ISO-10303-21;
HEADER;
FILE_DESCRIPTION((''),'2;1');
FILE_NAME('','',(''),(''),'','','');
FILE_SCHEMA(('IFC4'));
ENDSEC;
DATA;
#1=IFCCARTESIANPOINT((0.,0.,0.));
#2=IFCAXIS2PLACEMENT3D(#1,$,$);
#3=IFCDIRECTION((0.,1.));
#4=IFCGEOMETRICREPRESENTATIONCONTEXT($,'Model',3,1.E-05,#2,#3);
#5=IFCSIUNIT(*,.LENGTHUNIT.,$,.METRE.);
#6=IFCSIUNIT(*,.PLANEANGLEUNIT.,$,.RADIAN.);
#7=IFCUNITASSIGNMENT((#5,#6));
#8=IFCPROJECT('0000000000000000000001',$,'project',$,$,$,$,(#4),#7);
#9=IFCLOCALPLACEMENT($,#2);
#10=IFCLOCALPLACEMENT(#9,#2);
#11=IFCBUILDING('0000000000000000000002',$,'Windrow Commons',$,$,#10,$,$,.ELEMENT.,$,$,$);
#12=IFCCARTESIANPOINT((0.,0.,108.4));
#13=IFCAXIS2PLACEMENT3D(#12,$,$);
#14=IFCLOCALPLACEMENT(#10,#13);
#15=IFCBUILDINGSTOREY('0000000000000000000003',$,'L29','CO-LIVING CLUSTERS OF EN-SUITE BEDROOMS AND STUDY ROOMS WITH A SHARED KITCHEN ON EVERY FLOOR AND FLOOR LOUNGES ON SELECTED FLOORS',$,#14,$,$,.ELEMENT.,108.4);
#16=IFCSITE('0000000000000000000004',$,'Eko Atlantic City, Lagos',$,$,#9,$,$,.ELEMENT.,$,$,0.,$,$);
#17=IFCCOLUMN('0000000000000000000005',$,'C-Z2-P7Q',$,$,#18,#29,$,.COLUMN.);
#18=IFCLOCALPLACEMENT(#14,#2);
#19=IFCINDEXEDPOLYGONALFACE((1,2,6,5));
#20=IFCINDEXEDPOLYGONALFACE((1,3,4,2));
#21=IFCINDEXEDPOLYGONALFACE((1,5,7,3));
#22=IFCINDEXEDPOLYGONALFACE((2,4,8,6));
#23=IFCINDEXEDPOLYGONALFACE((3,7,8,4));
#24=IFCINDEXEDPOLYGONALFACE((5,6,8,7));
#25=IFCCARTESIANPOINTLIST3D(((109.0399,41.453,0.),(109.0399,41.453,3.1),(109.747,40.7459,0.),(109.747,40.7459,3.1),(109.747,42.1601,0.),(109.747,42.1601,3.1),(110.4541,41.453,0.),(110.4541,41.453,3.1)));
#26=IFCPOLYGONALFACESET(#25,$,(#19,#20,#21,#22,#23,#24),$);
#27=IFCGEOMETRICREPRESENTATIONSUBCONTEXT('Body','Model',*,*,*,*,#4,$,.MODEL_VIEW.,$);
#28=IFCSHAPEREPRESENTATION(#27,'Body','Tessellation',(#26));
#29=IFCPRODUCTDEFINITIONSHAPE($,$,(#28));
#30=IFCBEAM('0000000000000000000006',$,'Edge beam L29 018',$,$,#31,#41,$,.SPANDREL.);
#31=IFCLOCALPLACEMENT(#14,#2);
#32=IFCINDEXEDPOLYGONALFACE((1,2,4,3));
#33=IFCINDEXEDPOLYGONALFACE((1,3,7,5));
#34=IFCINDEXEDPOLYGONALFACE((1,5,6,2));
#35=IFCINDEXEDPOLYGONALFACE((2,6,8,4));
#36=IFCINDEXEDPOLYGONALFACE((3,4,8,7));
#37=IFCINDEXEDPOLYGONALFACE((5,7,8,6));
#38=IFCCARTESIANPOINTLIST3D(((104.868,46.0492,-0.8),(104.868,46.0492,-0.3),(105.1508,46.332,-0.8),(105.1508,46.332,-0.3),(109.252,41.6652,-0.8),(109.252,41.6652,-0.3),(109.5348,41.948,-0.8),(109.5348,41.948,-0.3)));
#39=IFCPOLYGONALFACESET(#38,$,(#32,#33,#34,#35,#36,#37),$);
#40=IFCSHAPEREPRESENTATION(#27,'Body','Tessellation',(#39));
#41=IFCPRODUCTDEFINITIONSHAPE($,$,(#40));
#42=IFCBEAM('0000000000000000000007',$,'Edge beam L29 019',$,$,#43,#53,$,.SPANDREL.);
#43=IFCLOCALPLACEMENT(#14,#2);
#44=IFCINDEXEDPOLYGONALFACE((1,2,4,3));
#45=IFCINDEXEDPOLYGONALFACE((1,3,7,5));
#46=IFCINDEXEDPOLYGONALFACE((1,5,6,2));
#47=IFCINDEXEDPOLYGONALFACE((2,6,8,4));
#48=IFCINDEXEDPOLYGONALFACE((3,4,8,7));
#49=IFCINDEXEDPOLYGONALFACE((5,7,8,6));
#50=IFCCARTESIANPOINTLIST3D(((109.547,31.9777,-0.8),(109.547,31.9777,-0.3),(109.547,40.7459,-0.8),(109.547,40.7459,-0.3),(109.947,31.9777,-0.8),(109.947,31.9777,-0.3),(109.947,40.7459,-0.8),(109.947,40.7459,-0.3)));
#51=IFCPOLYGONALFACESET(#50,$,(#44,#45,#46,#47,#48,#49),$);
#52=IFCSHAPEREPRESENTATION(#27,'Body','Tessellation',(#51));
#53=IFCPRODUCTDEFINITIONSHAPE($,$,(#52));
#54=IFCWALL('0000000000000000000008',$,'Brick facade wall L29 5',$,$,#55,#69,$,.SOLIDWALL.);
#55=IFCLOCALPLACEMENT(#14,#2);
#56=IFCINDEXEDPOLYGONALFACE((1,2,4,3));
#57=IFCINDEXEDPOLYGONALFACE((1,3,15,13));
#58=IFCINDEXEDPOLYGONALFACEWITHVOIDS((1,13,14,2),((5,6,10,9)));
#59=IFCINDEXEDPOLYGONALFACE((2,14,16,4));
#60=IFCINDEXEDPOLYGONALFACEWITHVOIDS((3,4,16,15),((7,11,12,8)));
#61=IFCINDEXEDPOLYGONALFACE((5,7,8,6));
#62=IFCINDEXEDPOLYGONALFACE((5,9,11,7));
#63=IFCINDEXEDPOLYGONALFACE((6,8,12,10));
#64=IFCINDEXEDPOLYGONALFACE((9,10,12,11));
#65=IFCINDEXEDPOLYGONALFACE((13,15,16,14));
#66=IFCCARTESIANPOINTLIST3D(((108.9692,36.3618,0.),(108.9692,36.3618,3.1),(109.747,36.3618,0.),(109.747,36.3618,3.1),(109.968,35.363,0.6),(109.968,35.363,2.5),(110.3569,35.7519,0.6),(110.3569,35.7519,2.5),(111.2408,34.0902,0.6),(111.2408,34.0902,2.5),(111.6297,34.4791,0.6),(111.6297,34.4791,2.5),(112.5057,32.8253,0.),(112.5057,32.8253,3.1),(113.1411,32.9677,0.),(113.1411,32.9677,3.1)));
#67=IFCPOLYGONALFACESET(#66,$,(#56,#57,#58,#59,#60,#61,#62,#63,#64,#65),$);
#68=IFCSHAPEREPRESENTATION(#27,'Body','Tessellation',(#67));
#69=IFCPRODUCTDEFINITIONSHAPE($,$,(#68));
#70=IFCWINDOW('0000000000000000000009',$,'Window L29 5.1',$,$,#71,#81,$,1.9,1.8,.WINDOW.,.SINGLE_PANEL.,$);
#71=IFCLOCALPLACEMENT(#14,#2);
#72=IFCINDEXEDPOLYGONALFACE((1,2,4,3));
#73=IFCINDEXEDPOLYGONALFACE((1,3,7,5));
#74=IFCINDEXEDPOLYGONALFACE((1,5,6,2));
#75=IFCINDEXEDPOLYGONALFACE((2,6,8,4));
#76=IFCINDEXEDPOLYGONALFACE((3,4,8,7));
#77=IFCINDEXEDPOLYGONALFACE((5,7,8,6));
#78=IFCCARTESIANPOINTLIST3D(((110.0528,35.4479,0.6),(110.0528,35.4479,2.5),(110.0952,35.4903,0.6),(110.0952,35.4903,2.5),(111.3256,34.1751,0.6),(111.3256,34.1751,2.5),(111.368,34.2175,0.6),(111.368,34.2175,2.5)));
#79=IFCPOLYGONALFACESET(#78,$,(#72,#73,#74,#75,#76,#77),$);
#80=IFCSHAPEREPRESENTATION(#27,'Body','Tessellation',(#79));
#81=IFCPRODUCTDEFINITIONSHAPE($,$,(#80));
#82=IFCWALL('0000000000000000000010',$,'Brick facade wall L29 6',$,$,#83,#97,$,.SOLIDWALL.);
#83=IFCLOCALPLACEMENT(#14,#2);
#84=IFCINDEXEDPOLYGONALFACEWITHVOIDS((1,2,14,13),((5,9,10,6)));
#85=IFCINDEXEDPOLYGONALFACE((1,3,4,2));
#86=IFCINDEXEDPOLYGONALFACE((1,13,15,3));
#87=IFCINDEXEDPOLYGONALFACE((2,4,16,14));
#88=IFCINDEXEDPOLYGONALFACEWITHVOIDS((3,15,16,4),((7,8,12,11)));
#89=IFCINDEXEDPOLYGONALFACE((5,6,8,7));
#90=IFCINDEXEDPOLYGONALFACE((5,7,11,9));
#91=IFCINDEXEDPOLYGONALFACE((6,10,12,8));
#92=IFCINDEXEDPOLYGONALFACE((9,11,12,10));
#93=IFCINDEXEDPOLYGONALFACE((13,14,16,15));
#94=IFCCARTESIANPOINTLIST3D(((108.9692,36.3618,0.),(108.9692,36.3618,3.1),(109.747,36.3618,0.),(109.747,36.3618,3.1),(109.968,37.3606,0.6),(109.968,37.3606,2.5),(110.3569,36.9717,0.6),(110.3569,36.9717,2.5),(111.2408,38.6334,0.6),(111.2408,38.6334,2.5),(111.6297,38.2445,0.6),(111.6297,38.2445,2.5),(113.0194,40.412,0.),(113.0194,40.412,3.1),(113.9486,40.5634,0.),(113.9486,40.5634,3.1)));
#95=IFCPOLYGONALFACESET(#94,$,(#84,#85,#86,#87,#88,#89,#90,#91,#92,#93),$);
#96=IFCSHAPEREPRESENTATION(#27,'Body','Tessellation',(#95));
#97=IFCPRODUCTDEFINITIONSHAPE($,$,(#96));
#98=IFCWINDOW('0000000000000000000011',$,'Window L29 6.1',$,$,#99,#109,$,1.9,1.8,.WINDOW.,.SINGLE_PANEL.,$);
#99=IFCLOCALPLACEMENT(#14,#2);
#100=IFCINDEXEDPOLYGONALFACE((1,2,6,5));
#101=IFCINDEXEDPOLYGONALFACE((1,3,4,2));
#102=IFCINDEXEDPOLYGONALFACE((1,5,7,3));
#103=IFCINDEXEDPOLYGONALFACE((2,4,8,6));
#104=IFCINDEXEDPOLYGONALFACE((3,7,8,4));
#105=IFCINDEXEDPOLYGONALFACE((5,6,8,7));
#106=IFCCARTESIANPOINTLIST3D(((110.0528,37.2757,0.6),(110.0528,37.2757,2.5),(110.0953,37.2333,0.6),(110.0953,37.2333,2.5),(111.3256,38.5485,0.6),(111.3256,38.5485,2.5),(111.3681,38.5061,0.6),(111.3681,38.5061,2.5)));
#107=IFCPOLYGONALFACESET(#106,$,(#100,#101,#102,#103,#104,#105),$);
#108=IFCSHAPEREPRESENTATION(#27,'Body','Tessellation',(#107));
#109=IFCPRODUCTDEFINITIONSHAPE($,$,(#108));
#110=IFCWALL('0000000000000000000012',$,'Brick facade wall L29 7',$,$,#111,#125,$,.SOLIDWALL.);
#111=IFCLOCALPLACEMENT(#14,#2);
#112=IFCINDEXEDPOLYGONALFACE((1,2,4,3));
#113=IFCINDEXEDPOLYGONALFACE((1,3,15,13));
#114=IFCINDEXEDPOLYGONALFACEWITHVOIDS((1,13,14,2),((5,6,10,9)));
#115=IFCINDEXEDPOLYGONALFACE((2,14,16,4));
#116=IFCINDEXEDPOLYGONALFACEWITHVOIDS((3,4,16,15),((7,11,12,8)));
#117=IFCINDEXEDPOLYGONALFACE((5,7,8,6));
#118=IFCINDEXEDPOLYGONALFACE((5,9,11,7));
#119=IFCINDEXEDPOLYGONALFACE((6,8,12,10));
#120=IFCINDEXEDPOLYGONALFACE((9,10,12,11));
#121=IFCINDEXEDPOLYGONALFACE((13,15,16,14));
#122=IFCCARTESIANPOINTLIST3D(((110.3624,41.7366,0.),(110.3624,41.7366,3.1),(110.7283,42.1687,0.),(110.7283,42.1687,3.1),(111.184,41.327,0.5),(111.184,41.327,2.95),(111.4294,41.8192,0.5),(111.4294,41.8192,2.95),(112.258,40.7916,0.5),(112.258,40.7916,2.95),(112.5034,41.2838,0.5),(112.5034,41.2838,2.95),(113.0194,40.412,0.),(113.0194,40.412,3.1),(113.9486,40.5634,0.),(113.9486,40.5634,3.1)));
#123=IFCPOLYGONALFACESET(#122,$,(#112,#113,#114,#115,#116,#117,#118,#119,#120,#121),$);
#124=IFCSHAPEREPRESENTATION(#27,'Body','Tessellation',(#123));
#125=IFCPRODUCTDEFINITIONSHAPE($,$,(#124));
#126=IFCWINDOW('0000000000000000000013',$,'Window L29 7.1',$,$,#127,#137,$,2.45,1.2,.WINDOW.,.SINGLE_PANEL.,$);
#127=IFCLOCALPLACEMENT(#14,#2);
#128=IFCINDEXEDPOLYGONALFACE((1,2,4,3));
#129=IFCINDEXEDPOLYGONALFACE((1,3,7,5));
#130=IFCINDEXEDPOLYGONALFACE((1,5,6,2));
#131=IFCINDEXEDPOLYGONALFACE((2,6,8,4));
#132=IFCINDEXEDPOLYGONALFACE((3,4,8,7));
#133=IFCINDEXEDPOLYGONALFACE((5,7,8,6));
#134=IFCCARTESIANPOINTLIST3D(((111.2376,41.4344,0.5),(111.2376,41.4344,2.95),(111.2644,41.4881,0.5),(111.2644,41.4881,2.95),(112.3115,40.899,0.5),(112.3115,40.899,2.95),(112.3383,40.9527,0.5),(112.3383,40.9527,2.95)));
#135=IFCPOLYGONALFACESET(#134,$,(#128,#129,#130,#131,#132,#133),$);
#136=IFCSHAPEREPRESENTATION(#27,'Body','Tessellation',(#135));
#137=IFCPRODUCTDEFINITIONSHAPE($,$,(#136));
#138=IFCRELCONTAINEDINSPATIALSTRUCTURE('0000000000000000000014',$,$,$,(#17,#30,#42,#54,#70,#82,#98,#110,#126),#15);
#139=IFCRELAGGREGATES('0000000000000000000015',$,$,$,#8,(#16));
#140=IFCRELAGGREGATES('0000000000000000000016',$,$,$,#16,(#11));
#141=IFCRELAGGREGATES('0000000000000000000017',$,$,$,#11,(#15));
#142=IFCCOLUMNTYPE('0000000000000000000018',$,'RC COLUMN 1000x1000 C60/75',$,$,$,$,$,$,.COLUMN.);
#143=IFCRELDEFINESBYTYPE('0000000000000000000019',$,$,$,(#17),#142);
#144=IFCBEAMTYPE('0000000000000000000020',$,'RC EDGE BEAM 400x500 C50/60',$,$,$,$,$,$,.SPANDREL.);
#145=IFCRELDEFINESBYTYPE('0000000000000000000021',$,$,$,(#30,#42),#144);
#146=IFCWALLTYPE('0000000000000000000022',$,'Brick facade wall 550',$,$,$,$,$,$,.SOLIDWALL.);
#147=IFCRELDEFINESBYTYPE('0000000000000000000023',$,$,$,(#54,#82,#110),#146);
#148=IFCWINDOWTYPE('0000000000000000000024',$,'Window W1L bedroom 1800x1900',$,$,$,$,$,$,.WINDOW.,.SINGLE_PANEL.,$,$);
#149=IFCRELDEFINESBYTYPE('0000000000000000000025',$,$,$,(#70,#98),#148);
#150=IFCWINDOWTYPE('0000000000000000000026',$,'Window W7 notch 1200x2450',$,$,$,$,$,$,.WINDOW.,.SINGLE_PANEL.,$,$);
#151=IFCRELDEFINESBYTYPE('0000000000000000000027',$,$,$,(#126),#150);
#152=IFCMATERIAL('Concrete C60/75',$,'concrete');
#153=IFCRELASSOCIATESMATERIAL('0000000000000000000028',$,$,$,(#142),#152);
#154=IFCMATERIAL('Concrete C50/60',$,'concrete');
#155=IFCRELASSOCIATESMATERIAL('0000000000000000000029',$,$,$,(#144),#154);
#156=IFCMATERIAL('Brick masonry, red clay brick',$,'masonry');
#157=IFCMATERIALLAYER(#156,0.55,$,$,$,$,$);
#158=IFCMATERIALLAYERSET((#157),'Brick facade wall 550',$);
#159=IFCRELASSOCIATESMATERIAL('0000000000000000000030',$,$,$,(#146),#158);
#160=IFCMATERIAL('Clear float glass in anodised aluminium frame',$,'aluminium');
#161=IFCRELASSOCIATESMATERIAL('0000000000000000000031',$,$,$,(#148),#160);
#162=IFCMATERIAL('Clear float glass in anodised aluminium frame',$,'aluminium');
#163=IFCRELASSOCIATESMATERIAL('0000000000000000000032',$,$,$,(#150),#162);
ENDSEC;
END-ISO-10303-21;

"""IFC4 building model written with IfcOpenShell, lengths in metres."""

from ifc_helpers import new_model, si_unit, direction, frame, frame_2d, origin, origin_2d, place, context, subcontext, project, spatial, polyline, rectangle, outline, extrude, material, layer, layer_set, material_profile, profile_set, type_object, element, fill, save


model = new_model("IFC4")

# Units and contexts
model_context = context("Model", 3, precision=1e-05, world=origin(), true_north=direction((0.0, 1.0)))
body_context = subcontext(model_context, "Body", "Model", "MODEL_VIEW")
ifc_project = project(units=[si_unit("LENGTHUNIT", "METRE"), si_unit("PLANEANGLEUNIT", "RADIAN")], contexts=[model_context])

# Site, building, storey
site_placement = place(None, origin())
site = spatial("IfcSite", under=ifc_project, at=site_placement, Name="Eko Atlantic City, Lagos", CompositionType="ELEMENT", RefElevation=0.0)
building_placement = place(site_placement, origin())
building = spatial("IfcBuilding", under=site, at=building_placement, Name="Windrow Commons", CompositionType="ELEMENT")
storey_placement = place(building_placement, frame((0.0, 0.0, 108.4)))
storey = spatial("IfcBuildingStorey", under=building, at=storey_placement, Name="L29", Description="CO-LIVING CLUSTERS OF EN-SUITE BEDROOMS AND STUDY ROOMS WITH A SHARED KITCHEN ON EVERY FLOOR AND FLOOR LOUNGES ON SELECTED FLOORS", CompositionType="ELEMENT", Elevation=108.4)

# Column
ifc_material_1 = material(Name="Concrete C60/75", Category="concrete")
ifc_material_profile_1 = material_profile(ifc_material_1, rectangle(XDim=1.0, YDim=1.0, at=origin_2d()))
ifc_profile_set_1 = profile_set([ifc_material_profile_1], Name="Concrete C60/75")
column_type = type_object("IfcColumnType", Name="RC COLUMN 1000x1000 C60/75", PredefinedType="COLUMN", material=ifc_profile_set_1)
column_placement = place(storey_placement, frame((109.747, 41.453, 0.0), z_axis=(0.0, 0.0, 1.0), x_axis=(0.707107, -0.707107, 0.0)))
element("IfcColumn", 1, at=column_placement, inside=storey, type_object=column_type, Name="C-Z2-P7Q", PredefinedType="COLUMN", context=body_context, shape_type="SweptSolid", body=[
    extrude(rectangle(XDim=1.0, YDim=1.0, at=origin_2d()), origin(), (0.0, 0.0, 1.0), 3.1),
])

# Beams
ifc_material_2 = material(Name="Concrete C50/60", Category="concrete")
ifc_material_profile_2 = material_profile(ifc_material_2, rectangle(XDim=0.4, YDim=0.5, at=origin_2d()))
ifc_profile_set_2 = profile_set([ifc_material_profile_2], Name="Concrete C50/60")
beam_type = type_object("IfcBeamType", Name="RC EDGE BEAM 400x500 C50/60", PredefinedType="SPANDREL", material=ifc_profile_set_2)
beam_1_placement = place(storey_placement, frame((105.0094, 46.1906, -0.55), z_axis=(0.707107, -0.707107, 0.0), x_axis=(0.707107, 0.707107, 0.0)))
element("IfcBeam", 2, at=beam_1_placement, inside=storey, type_object=beam_type, Name="Edge beam L29 018", PredefinedType="SPANDREL", context=body_context, shape_type="SweptSolid", body=[
    extrude(rectangle(XDim=0.4, YDim=0.5, at=origin_2d()), origin(), (0.0, 0.0, 1.0), 6.1999),
])
beam_2_placement = place(storey_placement, frame((109.747, 40.7459, -0.55), z_axis=(0.0, -1.0, 0.0), x_axis=(1.0, 0.0, 0.0)))
element("IfcBeam", 3, at=beam_2_placement, inside=storey, type_object=beam_type, Name="Edge beam L29 019", PredefinedType="SPANDREL", context=body_context, shape_type="SweptSolid", body=[
    extrude(rectangle(XDim=0.4, YDim=0.5, at=origin_2d()), origin(), (0.0, 0.0, 1.0), 8.7682),
])

# Walls, openings, windows
ifc_material_3 = material(Name="Brick masonry, red clay brick", Category="masonry")
ifc_layer_1 = layer(ifc_material_3, 0.55)
ifc_layer_set_1 = layer_set([ifc_layer_1], Name="Brick facade wall 550")
wall_type_1 = type_object("IfcWallType", Name="Brick facade wall 550", PredefinedType="SOLIDWALL", material=ifc_layer_set_1)
wall_1_placement = place(storey_placement, frame((112.8234, 32.8965, 0.0), z_axis=(0.0, 0.0, 1.0), x_axis=(-0.707107, 0.707107, 0.0)))
wall_1 = element("IfcWall", 4, at=wall_1_placement, inside=storey, type_object=wall_type_1, Name="Brick facade wall L29 5", PredefinedType="SOLIDWALL", context=body_context, shape_type="SweptSolid", body=[
    extrude(outline(polyline([(-0.1743, -0.275), (4.6257, -0.275), (5.1757, 0.275), (0.1743, 0.275), (-0.1743, -0.275)])), origin(), (0.0, 0.0, 1.0), 3.1),
])
opening_1_placement = place(wall_1_placement, frame((1.9632, 0.0, 0.6)))
opening_1 = element("IfcOpeningElement", 5, at=opening_1_placement, cuts=wall_1, PredefinedType="OPENING", context=body_context, shape_type="SweptSolid", body=[
    extrude(rectangle(XDim=1.8, YDim=1.9, at=frame_2d((0.9, 0.95))), frame((0.0, 0.285, 0.0), z_axis=(0.0, -1.0, 0.0), x_axis=(1.0, 0.0, 0.0)), (0.0, 0.0, 1.0), 0.57),
])
ifc_material_4 = material(Name="Clear float glass in anodised aluminium frame", Category="aluminium")
window_type_1 = type_object("IfcWindowType", Name="Window W1L bedroom 1800x1900", PartitioningType="SINGLE_PANEL", PredefinedType="WINDOW", material=ifc_material_4)
window_1_placement = place(opening_1_placement, origin())
window_1 = element("IfcWindow", 6, at=window_1_placement, inside=storey, type_object=window_type_1, Name="Window L29 5.1", OverallHeight=1.9, OverallWidth=1.8, PartitioningType="SINGLE_PANEL", PredefinedType="WINDOW", context=body_context, shape_type="SweptSolid", body=[
    extrude(rectangle(XDim=1.8, YDim=1.9, at=frame_2d((0.9, 0.95))), frame((0.0, 0.155, 0.0), z_axis=(0.0, -1.0, 0.0), x_axis=(1.0, 0.0, 0.0)), (0.0, 0.0, 1.0), 0.06),
])
fill(opening_1, window_1)
wall_2_placement = place(storey_placement, frame((109.3581, 36.3618, 0.0), z_axis=(0.0, 0.0, 1.0), x_axis=(0.707107, 0.707107, 0.0)))
wall_2 = element("IfcWall", 7, at=wall_2_placement, inside=storey, type_object=wall_type_1, Name="Brick facade wall L29 6", PredefinedType="SOLIDWALL", context=body_context, shape_type="SweptSolid", body=[
    extrude(outline(polyline([(0.275, -0.275), (6.217, -0.275), (5.4529, 0.275), (-0.275, 0.275), (0.275, -0.275)])), origin(), (0.0, 0.0, 1.0), 3.1),
])
opening_2_placement = place(wall_2_placement, frame((1.1375, 0.0, 0.6)))
opening_2 = element("IfcOpeningElement", 8, at=opening_2_placement, cuts=wall_2, PredefinedType="OPENING", context=body_context, shape_type="SweptSolid", body=[
    extrude(rectangle(XDim=1.8, YDim=1.9, at=frame_2d((0.9, 0.95))), frame((0.0, 0.285, 0.0), z_axis=(0.0, -1.0, 0.0), x_axis=(1.0, 0.0, 0.0)), (0.0, 0.0, 1.0), 0.57),
])
window_2_placement = place(opening_2_placement, origin())
window_2 = element("IfcWindow", 9, at=window_2_placement, inside=storey, type_object=window_type_1, Name="Window L29 6.1", OverallHeight=1.9, OverallWidth=1.8, PartitioningType="SINGLE_PANEL", PredefinedType="WINDOW", context=body_context, shape_type="SweptSolid", body=[
    extrude(rectangle(XDim=1.8, YDim=1.9, at=frame_2d((0.9, 0.95))), frame((0.0, 0.155, 0.0), z_axis=(0.0, -1.0, 0.0), x_axis=(1.0, 0.0, 0.0)), (0.0, 0.0, 1.0), 0.06),
])
fill(opening_2, window_2)
wall_3_placement = place(storey_placement, frame((113.484, 40.4877, 0.0), z_axis=(0.0, 0.0, 1.0), x_axis=(-0.894963, 0.446141, 0.0)))
wall_3 = element("IfcWall", 10, at=wall_3_placement, inside=storey, type_object=wall_type_1, Name="Brick facade wall L29 7", PredefinedType="SOLIDWALL", context=body_context, shape_type="SweptSolid", body=[
    extrude(outline(polyline([(-0.382, -0.275), (3.2162, -0.275), (3.3509, 0.275), (0.382, 0.275), (-0.382, -0.275)])), origin(), (0.0, 0.0, 1.0), 3.1),
])
opening_3_placement = place(wall_3_placement, frame((1.2328, 0.0, 0.5)))
opening_3 = element("IfcOpeningElement", 11, at=opening_3_placement, cuts=wall_3, PredefinedType="OPENING", context=body_context, shape_type="SweptSolid", body=[
    extrude(rectangle(XDim=1.2, YDim=2.45, at=frame_2d((0.6, 1.225))), frame((0.0, 0.285, 0.0), z_axis=(0.0, -1.0, 0.0), x_axis=(1.0, 0.0, 0.0)), (0.0, 0.0, 1.0), 0.57),
])
ifc_material_5 = material(Name="Clear float glass in anodised aluminium frame", Category="aluminium")
window_type_2 = type_object("IfcWindowType", Name="Window W7 notch 1200x2450", PartitioningType="SINGLE_PANEL", PredefinedType="WINDOW", material=ifc_material_5)
window_3_placement = place(opening_3_placement, origin())
window_3 = element("IfcWindow", 12, at=window_3_placement, inside=storey, type_object=window_type_2, Name="Window L29 7.1", OverallHeight=2.45, OverallWidth=1.2, PartitioningType="SINGLE_PANEL", PredefinedType="WINDOW", context=body_context, shape_type="SweptSolid", body=[
    extrude(rectangle(XDim=1.2, YDim=2.45, at=frame_2d((0.6, 1.225))), frame((0.0, 0.155, 0.0), z_axis=(0.0, -1.0, 0.0), x_axis=(1.0, 0.0, 0.0)), (0.0, 0.0, 1.0), 0.06),
])
fill(opening_3, window_3)

save(model, "model.ifc")
